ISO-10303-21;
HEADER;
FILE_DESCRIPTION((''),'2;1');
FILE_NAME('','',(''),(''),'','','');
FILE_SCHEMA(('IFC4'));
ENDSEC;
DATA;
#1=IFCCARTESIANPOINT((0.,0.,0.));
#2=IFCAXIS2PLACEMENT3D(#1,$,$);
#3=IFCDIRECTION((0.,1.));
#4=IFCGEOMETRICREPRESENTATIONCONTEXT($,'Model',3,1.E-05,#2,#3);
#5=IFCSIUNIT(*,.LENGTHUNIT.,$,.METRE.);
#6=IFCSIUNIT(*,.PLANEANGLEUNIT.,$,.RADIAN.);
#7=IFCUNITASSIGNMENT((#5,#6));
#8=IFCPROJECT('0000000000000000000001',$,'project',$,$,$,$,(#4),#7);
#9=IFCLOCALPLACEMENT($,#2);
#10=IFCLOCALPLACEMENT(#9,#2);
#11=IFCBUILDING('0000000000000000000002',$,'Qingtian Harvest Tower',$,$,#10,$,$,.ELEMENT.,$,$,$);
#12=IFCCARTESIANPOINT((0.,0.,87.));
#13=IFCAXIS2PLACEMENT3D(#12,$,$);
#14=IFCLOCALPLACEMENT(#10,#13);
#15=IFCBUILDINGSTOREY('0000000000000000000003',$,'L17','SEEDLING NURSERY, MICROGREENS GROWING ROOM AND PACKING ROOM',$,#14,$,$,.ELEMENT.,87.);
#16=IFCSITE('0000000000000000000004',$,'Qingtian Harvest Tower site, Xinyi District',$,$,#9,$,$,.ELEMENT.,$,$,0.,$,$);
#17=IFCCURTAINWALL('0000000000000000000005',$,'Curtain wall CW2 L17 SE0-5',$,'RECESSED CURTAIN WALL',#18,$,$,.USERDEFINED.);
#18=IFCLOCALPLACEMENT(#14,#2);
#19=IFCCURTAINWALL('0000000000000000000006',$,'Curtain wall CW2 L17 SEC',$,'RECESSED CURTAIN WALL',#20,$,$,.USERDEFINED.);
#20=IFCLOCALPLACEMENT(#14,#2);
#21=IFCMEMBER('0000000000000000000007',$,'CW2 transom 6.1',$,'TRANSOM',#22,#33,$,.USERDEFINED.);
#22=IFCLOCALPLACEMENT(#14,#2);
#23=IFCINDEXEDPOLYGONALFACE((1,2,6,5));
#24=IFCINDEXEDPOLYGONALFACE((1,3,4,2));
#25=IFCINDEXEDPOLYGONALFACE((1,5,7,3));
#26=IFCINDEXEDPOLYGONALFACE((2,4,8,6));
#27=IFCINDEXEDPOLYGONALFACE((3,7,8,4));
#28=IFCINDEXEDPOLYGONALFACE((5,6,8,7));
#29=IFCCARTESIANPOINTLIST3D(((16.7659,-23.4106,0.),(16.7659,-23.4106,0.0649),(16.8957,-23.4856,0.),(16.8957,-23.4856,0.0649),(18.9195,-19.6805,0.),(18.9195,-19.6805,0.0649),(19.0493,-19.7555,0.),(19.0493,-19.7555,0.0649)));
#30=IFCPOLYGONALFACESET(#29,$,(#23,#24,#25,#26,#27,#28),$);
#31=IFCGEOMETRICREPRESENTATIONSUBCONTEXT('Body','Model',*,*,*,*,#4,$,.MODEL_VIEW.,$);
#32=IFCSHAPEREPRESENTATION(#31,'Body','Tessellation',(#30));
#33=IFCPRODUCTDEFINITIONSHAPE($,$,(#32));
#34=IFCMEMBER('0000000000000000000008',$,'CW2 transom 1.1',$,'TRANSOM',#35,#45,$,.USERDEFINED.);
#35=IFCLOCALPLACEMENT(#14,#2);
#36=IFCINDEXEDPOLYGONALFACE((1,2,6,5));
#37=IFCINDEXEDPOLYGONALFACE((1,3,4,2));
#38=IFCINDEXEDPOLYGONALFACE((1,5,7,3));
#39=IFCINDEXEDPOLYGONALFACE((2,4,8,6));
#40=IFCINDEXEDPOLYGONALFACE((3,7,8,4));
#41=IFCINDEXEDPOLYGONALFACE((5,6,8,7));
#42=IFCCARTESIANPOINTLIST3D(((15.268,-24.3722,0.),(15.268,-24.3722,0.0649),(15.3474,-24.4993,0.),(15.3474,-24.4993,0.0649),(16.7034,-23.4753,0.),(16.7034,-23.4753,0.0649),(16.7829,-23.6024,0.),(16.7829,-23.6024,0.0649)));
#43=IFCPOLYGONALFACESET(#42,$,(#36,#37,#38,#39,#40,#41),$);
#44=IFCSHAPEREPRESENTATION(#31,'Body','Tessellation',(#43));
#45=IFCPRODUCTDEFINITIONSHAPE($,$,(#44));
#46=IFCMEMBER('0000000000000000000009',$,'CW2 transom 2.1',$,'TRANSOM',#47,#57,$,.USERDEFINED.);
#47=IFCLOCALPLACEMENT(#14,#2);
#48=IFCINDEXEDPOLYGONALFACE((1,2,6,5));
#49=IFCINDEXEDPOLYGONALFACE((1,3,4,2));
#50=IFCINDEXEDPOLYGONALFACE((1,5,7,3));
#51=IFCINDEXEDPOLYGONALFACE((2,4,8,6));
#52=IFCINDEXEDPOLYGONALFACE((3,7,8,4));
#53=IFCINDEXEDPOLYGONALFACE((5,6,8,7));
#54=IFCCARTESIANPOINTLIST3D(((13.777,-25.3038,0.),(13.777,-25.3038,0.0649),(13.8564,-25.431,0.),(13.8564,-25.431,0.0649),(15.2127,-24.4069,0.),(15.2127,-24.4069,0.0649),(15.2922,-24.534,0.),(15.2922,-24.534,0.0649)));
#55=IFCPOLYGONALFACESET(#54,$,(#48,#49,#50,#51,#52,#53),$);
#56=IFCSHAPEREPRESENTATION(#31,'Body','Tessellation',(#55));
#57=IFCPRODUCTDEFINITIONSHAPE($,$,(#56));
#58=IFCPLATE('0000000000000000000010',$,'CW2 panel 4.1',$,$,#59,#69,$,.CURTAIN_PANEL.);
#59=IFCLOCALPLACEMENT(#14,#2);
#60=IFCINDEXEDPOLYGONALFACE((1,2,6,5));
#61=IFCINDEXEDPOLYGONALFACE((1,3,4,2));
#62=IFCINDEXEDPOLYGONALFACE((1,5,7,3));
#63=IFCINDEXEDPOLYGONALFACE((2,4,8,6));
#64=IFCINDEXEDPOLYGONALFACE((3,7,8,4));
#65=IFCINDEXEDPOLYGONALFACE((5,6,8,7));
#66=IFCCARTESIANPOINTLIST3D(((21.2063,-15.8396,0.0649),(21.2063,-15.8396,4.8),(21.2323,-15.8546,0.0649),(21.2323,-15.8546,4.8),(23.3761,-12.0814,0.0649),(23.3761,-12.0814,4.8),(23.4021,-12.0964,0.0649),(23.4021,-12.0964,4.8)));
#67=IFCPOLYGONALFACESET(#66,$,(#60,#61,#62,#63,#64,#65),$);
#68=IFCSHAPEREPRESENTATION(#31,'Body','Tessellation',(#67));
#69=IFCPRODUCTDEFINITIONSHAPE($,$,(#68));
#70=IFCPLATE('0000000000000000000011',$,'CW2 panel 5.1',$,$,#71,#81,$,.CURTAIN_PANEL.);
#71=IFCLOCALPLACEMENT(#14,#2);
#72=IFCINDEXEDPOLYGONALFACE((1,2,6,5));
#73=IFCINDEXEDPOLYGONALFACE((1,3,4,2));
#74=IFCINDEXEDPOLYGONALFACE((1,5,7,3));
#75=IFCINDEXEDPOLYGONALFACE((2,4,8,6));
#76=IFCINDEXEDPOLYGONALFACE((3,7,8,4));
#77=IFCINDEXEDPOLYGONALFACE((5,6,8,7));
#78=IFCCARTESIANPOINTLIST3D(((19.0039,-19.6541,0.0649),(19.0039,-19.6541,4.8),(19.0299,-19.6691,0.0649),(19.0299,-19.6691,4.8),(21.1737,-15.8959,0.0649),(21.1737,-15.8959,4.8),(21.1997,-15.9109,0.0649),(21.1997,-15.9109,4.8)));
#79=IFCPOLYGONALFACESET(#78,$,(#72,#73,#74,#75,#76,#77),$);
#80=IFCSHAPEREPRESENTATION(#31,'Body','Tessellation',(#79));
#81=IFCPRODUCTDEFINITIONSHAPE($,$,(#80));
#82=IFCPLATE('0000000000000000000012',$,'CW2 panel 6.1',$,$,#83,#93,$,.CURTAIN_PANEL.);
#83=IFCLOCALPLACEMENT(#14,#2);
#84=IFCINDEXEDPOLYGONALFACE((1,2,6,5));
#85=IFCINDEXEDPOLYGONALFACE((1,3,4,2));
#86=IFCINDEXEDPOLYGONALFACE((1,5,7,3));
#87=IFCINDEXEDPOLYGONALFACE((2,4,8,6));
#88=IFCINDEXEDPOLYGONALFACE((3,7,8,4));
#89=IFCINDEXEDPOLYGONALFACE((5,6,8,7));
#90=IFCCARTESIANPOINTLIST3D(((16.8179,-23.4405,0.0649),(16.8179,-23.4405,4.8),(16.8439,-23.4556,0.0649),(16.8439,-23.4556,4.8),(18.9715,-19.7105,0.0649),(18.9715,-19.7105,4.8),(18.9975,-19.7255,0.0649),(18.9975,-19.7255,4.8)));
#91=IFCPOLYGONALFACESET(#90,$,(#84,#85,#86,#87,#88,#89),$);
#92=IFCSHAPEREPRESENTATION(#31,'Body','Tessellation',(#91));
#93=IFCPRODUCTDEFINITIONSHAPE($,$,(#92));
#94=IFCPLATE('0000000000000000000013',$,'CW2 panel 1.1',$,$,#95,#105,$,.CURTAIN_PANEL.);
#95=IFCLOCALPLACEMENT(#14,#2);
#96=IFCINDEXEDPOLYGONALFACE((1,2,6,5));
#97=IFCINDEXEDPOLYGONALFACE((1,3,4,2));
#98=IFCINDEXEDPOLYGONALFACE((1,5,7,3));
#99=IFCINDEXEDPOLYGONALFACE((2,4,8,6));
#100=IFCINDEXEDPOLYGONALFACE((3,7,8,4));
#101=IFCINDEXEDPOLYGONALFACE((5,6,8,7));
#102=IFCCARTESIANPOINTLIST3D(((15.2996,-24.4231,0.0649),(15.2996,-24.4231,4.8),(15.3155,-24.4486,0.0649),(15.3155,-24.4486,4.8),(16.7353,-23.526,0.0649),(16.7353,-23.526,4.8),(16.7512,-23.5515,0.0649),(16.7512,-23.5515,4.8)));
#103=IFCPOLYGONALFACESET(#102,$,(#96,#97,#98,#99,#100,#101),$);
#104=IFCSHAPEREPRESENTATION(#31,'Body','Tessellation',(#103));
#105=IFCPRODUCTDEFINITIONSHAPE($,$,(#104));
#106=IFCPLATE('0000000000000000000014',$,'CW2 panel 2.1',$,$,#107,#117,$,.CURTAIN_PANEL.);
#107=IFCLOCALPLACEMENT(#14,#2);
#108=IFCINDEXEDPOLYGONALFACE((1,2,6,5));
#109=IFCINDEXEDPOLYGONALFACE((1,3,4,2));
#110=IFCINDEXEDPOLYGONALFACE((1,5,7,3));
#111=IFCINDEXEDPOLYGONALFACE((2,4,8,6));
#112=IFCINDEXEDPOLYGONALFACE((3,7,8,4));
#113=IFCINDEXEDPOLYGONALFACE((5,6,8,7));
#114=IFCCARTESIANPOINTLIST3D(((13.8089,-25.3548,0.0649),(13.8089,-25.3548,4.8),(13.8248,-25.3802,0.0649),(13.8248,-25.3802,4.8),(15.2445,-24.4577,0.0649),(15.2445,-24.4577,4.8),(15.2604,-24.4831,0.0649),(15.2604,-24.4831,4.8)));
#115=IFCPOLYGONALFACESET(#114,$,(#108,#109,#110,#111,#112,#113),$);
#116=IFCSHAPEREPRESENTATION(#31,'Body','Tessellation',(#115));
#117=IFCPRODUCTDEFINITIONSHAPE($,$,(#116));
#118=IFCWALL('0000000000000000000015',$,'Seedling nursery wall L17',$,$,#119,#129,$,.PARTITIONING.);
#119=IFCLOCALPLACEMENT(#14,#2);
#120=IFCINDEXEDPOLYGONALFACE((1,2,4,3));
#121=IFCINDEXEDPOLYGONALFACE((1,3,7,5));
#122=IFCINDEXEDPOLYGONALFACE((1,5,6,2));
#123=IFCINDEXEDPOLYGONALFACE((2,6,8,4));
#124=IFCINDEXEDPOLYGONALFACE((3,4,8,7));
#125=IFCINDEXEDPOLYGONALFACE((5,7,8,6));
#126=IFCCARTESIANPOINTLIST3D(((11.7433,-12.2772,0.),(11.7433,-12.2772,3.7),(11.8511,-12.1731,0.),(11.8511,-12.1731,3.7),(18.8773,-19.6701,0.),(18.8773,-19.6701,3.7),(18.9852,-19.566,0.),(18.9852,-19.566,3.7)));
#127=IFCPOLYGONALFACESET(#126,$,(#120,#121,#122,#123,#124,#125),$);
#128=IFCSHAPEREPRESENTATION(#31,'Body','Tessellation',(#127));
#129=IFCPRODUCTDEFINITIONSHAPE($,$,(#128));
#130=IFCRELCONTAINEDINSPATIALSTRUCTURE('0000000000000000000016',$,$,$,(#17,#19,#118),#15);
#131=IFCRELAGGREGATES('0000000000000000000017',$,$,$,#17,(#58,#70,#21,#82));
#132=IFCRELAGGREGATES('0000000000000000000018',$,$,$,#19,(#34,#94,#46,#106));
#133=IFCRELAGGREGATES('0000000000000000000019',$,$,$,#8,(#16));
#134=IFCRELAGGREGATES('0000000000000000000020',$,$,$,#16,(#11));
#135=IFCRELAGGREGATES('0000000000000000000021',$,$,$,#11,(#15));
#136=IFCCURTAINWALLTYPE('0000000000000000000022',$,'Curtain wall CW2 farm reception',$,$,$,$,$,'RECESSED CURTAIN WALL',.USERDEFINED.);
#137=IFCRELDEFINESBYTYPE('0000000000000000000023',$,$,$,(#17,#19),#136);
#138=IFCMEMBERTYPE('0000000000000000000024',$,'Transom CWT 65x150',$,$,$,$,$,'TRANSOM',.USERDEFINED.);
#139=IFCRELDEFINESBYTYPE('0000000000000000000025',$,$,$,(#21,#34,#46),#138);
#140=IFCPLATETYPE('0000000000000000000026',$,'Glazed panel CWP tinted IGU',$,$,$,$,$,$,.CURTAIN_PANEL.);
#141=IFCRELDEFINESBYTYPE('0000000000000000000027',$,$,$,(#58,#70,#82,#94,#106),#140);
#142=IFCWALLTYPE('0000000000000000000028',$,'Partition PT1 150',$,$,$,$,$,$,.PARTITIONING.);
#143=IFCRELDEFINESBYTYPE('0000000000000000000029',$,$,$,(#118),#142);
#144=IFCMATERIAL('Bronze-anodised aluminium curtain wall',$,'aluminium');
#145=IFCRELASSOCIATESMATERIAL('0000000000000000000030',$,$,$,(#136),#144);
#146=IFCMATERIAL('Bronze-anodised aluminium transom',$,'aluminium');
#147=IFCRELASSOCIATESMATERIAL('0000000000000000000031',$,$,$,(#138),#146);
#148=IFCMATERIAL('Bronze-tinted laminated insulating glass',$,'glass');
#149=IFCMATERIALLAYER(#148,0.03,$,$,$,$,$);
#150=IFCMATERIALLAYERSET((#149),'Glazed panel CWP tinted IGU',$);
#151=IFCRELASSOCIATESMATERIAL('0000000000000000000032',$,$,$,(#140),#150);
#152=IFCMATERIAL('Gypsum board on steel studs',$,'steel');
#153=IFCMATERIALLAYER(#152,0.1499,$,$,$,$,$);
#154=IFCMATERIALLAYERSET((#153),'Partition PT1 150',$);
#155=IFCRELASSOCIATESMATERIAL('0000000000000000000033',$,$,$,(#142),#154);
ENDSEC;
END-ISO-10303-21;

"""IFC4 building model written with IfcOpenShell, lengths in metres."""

from ifc_helpers import new_model, si_unit, direction, frame, frame_2d, origin, origin_2d, place, context, subcontext, project, spatial, rectangle, extrude, material, layer, layer_set, material_profile, profile_set, type_object, element, aggregate, save


model = new_model("IFC4")

# Units and contexts
model_context = context("Model", 3, precision=1e-05, world=origin(), true_north=direction((0.0, 1.0)))
body_context = subcontext(model_context, "Body", "Model", "MODEL_VIEW")
ifc_project = project(units=[si_unit("LENGTHUNIT", "METRE"), si_unit("PLANEANGLEUNIT", "RADIAN")], contexts=[model_context])

# Site, building, storey
site_placement = place(None, origin())
site = spatial("IfcSite", under=ifc_project, at=site_placement, Name="Qingtian Harvest Tower site, Xinyi District", CompositionType="ELEMENT", RefElevation=0.0)
building_placement = place(site_placement, origin())
building = spatial("IfcBuilding", under=site, at=building_placement, Name="Qingtian Harvest Tower", CompositionType="ELEMENT")
storey_placement = place(building_placement, frame((0.0, 0.0, 87.0)))
storey = spatial("IfcBuildingStorey", under=building, at=storey_placement, Name="L17", Description="SEEDLING NURSERY, MICROGREENS GROWING ROOM AND PACKING ROOM", CompositionType="ELEMENT", Elevation=87.0)

# Curtain walls
ifc_material_1 = material(Name="Bronze-anodised aluminium curtain wall", Category="aluminium")
curtain_wall_type = type_object("IfcCurtainWallType", Name="Curtain wall CW2 farm reception", ElementType="RECESSED CURTAIN WALL", PredefinedType="USERDEFINED", material=ifc_material_1)
curtain_wall_1_placement = place(storey_placement, origin())
curtain_wall_1 = element("IfcCurtainWall", 1, at=curtain_wall_1_placement, inside=storey, type_object=curtain_wall_type, Name="Curtain wall CW2 L17 SE0-5", ObjectType="RECESSED CURTAIN WALL", PredefinedType="USERDEFINED")
curtain_wall_2_placement = place(storey_placement, origin())
curtain_wall_2 = element("IfcCurtainWall", 2, at=curtain_wall_2_placement, inside=storey, type_object=curtain_wall_type, Name="Curtain wall CW2 L17 SEC", ObjectType="RECESSED CURTAIN WALL", PredefinedType="USERDEFINED")

# Members
ifc_material_2 = material(Name="Bronze-anodised aluminium transom", Category="aluminium")
ifc_material_profile_1 = material_profile(ifc_material_2, rectangle(XDim=0.1499, YDim=0.0649, at=origin_2d()), Name="AL 65x150")
ifc_profile_set_1 = profile_set([ifc_material_profile_1], Name="Bronze-anodised aluminium transom")
member_type_1 = type_object("IfcMemberType", Name="Transom CWT 65x150", ElementType="TRANSOM", PredefinedType="USERDEFINED", material=ifc_profile_set_1)
member_1_placement = place(storey_placement, frame((18.9844, -19.718, 0.0325), z_axis=(-0.50001, -0.866019, 0.0), x_axis=(0.866019, -0.50001, 0.0)))
member_1 = element("IfcMember", 3, at=member_1_placement, type_object=member_type_1, Name="CW2 transom 6.1", ObjectType="TRANSOM", PredefinedType="USERDEFINED", context=body_context, shape_type="SweptSolid", body=[
    extrude(rectangle(XDim=0.1499, YDim=0.0649, at=origin_2d()), origin(), (0.0, 0.0, 1.0), 4.3071),
])
member_2_placement = place(storey_placement, frame((16.7432, -23.5388, 0.0325), z_axis=(-0.848063, -0.529895, 0.0), x_axis=(0.529895, -0.848063, 0.0)))
member_2 = element("IfcMember", 4, at=member_2_placement, type_object=member_type_1, Name="CW2 transom 1.1", ObjectType="TRANSOM", PredefinedType="USERDEFINED", context=body_context, shape_type="SweptSolid", body=[
    extrude(rectangle(XDim=0.1499, YDim=0.0649, at=origin_2d()), origin(), (0.0, 0.0, 1.0), 1.6926),
])
member_3_placement = place(storey_placement, frame((15.2524, -24.4705, 0.0325), z_axis=(-0.848104, -0.52983, 0.0), x_axis=(0.52983, -0.848104, 0.0)))
member_3 = element("IfcMember", 5, at=member_3_placement, type_object=member_type_1, Name="CW2 transom 2.1", ObjectType="TRANSOM", PredefinedType="USERDEFINED", context=body_context, shape_type="SweptSolid", body=[
    extrude(rectangle(XDim=0.1499, YDim=0.0649, at=origin_2d()), origin(), (0.0, 0.0, 1.0), 1.6929),
])

# Plates
ifc_material_3 = material(Name="Bronze-tinted laminated insulating glass", Category="glass")
ifc_layer_1 = layer(ifc_material_3, 0.03)
ifc_layer_set_1 = layer_set([ifc_layer_1], Name="Glazed panel CWP tinted IGU")
plate_type = type_object("IfcPlateType", Name="Glazed panel CWP tinted IGU", PredefinedType="CURTAIN_PANEL", material=ifc_layer_set_1)
plate_1_placement = place(storey_placement, frame((22.3042, -13.968, 0.0649), z_axis=(0.0, 0.0, 1.0), x_axis=(-0.5, -0.866025, 0.0)))
plate_1 = element("IfcPlate", 6, at=plate_1_placement, type_object=plate_type, Name="CW2 panel 4.1", PredefinedType="CURTAIN_PANEL", context=body_context, shape_type="SweptSolid", body=[
    extrude(rectangle(XDim=4.3396, YDim=0.03, at=origin_2d()), origin(), (0.0, 0.0, 1.0), 4.7351),
])
plate_2_placement = place(storey_placement, frame((20.1018, -17.7825, 0.0649), z_axis=(0.0, 0.0, 1.0), x_axis=(-0.5, -0.866025, 0.0)))
plate_2 = element("IfcPlate", 7, at=plate_2_placement, type_object=plate_type, Name="CW2 panel 5.1", PredefinedType="CURTAIN_PANEL", context=body_context, shape_type="SweptSolid", body=[
    extrude(rectangle(XDim=4.3396, YDim=0.03, at=origin_2d()), origin(), (0.0, 0.0, 1.0), 4.7351),
])
plate_3_placement = place(storey_placement, frame((17.9077, -21.583, 0.0649), z_axis=(0.0, 0.0, 1.0), x_axis=(-0.5, -0.866025, 0.0)))
plate_3 = element("IfcPlate", 8, at=plate_3_placement, type_object=plate_type, Name="CW2 panel 6.1", PredefinedType="CURTAIN_PANEL", context=body_context, shape_type="SweptSolid", body=[
    extrude(rectangle(XDim=4.3071, YDim=0.03, at=origin_2d()), origin(), (0.0, 0.0, 1.0), 4.7351),
])
aggregate(curtain_wall_1, [plate_1, plate_2, member_1, plate_3])
plate_4_placement = place(storey_placement, frame((16.0254, -23.9873, 0.0649), z_axis=(0.0, 0.0, 1.0), x_axis=(-0.848048, -0.529919, 0.0)))
plate_4 = element("IfcPlate", 9, at=plate_4_placement, type_object=plate_type, Name="CW2 panel 1.1", PredefinedType="CURTAIN_PANEL", context=body_context, shape_type="SweptSolid", body=[
    extrude(rectangle(XDim=1.6929, YDim=0.03, at=origin_2d()), origin(), (0.0, 0.0, 1.0), 4.7351),
])
plate_5_placement = place(storey_placement, frame((14.5347, -24.9189, 0.0649), z_axis=(0.0, 0.0, 1.0), x_axis=(-0.848048, -0.529919, 0.0)))
plate_5 = element("IfcPlate", 10, at=plate_5_placement, type_object=plate_type, Name="CW2 panel 2.1", PredefinedType="CURTAIN_PANEL", context=body_context, shape_type="SweptSolid", body=[
    extrude(rectangle(XDim=1.6929, YDim=0.03, at=origin_2d()), origin(), (0.0, 0.0, 1.0), 4.7351),
])
aggregate(curtain_wall_2, [member_2, plate_4, member_3, plate_5])

# Wall
ifc_material_4 = material(Name="Gypsum board on steel studs", Category="steel")
ifc_layer_2 = layer(ifc_material_4, 0.1499)
ifc_layer_set_2 = layer_set([ifc_layer_2], Name="Partition PT1 150")
wall_type = type_object("IfcWallType", Name="Partition PT1 150", PredefinedType="PARTITIONING", material=ifc_layer_set_2)
wall_placement = place(storey_placement, frame((18.9312, -19.6179, 0.0), z_axis=(0.0, 0.0, 1.0), x_axis=(-0.6944, 0.719589, 0.0)))
element("IfcWall", 11, at=wall_placement, inside=storey, type_object=wall_type, Name="Seedling nursery wall L17", PredefinedType="PARTITIONING", context=body_context, shape_type="SweptSolid", body=[
    extrude(rectangle(XDim=10.2737, YDim=0.1499, at=frame_2d((5.1367, 0.0))), origin(), (0.0, 0.0, 1.0), 3.7),
])

save(model, "model.ifc")
